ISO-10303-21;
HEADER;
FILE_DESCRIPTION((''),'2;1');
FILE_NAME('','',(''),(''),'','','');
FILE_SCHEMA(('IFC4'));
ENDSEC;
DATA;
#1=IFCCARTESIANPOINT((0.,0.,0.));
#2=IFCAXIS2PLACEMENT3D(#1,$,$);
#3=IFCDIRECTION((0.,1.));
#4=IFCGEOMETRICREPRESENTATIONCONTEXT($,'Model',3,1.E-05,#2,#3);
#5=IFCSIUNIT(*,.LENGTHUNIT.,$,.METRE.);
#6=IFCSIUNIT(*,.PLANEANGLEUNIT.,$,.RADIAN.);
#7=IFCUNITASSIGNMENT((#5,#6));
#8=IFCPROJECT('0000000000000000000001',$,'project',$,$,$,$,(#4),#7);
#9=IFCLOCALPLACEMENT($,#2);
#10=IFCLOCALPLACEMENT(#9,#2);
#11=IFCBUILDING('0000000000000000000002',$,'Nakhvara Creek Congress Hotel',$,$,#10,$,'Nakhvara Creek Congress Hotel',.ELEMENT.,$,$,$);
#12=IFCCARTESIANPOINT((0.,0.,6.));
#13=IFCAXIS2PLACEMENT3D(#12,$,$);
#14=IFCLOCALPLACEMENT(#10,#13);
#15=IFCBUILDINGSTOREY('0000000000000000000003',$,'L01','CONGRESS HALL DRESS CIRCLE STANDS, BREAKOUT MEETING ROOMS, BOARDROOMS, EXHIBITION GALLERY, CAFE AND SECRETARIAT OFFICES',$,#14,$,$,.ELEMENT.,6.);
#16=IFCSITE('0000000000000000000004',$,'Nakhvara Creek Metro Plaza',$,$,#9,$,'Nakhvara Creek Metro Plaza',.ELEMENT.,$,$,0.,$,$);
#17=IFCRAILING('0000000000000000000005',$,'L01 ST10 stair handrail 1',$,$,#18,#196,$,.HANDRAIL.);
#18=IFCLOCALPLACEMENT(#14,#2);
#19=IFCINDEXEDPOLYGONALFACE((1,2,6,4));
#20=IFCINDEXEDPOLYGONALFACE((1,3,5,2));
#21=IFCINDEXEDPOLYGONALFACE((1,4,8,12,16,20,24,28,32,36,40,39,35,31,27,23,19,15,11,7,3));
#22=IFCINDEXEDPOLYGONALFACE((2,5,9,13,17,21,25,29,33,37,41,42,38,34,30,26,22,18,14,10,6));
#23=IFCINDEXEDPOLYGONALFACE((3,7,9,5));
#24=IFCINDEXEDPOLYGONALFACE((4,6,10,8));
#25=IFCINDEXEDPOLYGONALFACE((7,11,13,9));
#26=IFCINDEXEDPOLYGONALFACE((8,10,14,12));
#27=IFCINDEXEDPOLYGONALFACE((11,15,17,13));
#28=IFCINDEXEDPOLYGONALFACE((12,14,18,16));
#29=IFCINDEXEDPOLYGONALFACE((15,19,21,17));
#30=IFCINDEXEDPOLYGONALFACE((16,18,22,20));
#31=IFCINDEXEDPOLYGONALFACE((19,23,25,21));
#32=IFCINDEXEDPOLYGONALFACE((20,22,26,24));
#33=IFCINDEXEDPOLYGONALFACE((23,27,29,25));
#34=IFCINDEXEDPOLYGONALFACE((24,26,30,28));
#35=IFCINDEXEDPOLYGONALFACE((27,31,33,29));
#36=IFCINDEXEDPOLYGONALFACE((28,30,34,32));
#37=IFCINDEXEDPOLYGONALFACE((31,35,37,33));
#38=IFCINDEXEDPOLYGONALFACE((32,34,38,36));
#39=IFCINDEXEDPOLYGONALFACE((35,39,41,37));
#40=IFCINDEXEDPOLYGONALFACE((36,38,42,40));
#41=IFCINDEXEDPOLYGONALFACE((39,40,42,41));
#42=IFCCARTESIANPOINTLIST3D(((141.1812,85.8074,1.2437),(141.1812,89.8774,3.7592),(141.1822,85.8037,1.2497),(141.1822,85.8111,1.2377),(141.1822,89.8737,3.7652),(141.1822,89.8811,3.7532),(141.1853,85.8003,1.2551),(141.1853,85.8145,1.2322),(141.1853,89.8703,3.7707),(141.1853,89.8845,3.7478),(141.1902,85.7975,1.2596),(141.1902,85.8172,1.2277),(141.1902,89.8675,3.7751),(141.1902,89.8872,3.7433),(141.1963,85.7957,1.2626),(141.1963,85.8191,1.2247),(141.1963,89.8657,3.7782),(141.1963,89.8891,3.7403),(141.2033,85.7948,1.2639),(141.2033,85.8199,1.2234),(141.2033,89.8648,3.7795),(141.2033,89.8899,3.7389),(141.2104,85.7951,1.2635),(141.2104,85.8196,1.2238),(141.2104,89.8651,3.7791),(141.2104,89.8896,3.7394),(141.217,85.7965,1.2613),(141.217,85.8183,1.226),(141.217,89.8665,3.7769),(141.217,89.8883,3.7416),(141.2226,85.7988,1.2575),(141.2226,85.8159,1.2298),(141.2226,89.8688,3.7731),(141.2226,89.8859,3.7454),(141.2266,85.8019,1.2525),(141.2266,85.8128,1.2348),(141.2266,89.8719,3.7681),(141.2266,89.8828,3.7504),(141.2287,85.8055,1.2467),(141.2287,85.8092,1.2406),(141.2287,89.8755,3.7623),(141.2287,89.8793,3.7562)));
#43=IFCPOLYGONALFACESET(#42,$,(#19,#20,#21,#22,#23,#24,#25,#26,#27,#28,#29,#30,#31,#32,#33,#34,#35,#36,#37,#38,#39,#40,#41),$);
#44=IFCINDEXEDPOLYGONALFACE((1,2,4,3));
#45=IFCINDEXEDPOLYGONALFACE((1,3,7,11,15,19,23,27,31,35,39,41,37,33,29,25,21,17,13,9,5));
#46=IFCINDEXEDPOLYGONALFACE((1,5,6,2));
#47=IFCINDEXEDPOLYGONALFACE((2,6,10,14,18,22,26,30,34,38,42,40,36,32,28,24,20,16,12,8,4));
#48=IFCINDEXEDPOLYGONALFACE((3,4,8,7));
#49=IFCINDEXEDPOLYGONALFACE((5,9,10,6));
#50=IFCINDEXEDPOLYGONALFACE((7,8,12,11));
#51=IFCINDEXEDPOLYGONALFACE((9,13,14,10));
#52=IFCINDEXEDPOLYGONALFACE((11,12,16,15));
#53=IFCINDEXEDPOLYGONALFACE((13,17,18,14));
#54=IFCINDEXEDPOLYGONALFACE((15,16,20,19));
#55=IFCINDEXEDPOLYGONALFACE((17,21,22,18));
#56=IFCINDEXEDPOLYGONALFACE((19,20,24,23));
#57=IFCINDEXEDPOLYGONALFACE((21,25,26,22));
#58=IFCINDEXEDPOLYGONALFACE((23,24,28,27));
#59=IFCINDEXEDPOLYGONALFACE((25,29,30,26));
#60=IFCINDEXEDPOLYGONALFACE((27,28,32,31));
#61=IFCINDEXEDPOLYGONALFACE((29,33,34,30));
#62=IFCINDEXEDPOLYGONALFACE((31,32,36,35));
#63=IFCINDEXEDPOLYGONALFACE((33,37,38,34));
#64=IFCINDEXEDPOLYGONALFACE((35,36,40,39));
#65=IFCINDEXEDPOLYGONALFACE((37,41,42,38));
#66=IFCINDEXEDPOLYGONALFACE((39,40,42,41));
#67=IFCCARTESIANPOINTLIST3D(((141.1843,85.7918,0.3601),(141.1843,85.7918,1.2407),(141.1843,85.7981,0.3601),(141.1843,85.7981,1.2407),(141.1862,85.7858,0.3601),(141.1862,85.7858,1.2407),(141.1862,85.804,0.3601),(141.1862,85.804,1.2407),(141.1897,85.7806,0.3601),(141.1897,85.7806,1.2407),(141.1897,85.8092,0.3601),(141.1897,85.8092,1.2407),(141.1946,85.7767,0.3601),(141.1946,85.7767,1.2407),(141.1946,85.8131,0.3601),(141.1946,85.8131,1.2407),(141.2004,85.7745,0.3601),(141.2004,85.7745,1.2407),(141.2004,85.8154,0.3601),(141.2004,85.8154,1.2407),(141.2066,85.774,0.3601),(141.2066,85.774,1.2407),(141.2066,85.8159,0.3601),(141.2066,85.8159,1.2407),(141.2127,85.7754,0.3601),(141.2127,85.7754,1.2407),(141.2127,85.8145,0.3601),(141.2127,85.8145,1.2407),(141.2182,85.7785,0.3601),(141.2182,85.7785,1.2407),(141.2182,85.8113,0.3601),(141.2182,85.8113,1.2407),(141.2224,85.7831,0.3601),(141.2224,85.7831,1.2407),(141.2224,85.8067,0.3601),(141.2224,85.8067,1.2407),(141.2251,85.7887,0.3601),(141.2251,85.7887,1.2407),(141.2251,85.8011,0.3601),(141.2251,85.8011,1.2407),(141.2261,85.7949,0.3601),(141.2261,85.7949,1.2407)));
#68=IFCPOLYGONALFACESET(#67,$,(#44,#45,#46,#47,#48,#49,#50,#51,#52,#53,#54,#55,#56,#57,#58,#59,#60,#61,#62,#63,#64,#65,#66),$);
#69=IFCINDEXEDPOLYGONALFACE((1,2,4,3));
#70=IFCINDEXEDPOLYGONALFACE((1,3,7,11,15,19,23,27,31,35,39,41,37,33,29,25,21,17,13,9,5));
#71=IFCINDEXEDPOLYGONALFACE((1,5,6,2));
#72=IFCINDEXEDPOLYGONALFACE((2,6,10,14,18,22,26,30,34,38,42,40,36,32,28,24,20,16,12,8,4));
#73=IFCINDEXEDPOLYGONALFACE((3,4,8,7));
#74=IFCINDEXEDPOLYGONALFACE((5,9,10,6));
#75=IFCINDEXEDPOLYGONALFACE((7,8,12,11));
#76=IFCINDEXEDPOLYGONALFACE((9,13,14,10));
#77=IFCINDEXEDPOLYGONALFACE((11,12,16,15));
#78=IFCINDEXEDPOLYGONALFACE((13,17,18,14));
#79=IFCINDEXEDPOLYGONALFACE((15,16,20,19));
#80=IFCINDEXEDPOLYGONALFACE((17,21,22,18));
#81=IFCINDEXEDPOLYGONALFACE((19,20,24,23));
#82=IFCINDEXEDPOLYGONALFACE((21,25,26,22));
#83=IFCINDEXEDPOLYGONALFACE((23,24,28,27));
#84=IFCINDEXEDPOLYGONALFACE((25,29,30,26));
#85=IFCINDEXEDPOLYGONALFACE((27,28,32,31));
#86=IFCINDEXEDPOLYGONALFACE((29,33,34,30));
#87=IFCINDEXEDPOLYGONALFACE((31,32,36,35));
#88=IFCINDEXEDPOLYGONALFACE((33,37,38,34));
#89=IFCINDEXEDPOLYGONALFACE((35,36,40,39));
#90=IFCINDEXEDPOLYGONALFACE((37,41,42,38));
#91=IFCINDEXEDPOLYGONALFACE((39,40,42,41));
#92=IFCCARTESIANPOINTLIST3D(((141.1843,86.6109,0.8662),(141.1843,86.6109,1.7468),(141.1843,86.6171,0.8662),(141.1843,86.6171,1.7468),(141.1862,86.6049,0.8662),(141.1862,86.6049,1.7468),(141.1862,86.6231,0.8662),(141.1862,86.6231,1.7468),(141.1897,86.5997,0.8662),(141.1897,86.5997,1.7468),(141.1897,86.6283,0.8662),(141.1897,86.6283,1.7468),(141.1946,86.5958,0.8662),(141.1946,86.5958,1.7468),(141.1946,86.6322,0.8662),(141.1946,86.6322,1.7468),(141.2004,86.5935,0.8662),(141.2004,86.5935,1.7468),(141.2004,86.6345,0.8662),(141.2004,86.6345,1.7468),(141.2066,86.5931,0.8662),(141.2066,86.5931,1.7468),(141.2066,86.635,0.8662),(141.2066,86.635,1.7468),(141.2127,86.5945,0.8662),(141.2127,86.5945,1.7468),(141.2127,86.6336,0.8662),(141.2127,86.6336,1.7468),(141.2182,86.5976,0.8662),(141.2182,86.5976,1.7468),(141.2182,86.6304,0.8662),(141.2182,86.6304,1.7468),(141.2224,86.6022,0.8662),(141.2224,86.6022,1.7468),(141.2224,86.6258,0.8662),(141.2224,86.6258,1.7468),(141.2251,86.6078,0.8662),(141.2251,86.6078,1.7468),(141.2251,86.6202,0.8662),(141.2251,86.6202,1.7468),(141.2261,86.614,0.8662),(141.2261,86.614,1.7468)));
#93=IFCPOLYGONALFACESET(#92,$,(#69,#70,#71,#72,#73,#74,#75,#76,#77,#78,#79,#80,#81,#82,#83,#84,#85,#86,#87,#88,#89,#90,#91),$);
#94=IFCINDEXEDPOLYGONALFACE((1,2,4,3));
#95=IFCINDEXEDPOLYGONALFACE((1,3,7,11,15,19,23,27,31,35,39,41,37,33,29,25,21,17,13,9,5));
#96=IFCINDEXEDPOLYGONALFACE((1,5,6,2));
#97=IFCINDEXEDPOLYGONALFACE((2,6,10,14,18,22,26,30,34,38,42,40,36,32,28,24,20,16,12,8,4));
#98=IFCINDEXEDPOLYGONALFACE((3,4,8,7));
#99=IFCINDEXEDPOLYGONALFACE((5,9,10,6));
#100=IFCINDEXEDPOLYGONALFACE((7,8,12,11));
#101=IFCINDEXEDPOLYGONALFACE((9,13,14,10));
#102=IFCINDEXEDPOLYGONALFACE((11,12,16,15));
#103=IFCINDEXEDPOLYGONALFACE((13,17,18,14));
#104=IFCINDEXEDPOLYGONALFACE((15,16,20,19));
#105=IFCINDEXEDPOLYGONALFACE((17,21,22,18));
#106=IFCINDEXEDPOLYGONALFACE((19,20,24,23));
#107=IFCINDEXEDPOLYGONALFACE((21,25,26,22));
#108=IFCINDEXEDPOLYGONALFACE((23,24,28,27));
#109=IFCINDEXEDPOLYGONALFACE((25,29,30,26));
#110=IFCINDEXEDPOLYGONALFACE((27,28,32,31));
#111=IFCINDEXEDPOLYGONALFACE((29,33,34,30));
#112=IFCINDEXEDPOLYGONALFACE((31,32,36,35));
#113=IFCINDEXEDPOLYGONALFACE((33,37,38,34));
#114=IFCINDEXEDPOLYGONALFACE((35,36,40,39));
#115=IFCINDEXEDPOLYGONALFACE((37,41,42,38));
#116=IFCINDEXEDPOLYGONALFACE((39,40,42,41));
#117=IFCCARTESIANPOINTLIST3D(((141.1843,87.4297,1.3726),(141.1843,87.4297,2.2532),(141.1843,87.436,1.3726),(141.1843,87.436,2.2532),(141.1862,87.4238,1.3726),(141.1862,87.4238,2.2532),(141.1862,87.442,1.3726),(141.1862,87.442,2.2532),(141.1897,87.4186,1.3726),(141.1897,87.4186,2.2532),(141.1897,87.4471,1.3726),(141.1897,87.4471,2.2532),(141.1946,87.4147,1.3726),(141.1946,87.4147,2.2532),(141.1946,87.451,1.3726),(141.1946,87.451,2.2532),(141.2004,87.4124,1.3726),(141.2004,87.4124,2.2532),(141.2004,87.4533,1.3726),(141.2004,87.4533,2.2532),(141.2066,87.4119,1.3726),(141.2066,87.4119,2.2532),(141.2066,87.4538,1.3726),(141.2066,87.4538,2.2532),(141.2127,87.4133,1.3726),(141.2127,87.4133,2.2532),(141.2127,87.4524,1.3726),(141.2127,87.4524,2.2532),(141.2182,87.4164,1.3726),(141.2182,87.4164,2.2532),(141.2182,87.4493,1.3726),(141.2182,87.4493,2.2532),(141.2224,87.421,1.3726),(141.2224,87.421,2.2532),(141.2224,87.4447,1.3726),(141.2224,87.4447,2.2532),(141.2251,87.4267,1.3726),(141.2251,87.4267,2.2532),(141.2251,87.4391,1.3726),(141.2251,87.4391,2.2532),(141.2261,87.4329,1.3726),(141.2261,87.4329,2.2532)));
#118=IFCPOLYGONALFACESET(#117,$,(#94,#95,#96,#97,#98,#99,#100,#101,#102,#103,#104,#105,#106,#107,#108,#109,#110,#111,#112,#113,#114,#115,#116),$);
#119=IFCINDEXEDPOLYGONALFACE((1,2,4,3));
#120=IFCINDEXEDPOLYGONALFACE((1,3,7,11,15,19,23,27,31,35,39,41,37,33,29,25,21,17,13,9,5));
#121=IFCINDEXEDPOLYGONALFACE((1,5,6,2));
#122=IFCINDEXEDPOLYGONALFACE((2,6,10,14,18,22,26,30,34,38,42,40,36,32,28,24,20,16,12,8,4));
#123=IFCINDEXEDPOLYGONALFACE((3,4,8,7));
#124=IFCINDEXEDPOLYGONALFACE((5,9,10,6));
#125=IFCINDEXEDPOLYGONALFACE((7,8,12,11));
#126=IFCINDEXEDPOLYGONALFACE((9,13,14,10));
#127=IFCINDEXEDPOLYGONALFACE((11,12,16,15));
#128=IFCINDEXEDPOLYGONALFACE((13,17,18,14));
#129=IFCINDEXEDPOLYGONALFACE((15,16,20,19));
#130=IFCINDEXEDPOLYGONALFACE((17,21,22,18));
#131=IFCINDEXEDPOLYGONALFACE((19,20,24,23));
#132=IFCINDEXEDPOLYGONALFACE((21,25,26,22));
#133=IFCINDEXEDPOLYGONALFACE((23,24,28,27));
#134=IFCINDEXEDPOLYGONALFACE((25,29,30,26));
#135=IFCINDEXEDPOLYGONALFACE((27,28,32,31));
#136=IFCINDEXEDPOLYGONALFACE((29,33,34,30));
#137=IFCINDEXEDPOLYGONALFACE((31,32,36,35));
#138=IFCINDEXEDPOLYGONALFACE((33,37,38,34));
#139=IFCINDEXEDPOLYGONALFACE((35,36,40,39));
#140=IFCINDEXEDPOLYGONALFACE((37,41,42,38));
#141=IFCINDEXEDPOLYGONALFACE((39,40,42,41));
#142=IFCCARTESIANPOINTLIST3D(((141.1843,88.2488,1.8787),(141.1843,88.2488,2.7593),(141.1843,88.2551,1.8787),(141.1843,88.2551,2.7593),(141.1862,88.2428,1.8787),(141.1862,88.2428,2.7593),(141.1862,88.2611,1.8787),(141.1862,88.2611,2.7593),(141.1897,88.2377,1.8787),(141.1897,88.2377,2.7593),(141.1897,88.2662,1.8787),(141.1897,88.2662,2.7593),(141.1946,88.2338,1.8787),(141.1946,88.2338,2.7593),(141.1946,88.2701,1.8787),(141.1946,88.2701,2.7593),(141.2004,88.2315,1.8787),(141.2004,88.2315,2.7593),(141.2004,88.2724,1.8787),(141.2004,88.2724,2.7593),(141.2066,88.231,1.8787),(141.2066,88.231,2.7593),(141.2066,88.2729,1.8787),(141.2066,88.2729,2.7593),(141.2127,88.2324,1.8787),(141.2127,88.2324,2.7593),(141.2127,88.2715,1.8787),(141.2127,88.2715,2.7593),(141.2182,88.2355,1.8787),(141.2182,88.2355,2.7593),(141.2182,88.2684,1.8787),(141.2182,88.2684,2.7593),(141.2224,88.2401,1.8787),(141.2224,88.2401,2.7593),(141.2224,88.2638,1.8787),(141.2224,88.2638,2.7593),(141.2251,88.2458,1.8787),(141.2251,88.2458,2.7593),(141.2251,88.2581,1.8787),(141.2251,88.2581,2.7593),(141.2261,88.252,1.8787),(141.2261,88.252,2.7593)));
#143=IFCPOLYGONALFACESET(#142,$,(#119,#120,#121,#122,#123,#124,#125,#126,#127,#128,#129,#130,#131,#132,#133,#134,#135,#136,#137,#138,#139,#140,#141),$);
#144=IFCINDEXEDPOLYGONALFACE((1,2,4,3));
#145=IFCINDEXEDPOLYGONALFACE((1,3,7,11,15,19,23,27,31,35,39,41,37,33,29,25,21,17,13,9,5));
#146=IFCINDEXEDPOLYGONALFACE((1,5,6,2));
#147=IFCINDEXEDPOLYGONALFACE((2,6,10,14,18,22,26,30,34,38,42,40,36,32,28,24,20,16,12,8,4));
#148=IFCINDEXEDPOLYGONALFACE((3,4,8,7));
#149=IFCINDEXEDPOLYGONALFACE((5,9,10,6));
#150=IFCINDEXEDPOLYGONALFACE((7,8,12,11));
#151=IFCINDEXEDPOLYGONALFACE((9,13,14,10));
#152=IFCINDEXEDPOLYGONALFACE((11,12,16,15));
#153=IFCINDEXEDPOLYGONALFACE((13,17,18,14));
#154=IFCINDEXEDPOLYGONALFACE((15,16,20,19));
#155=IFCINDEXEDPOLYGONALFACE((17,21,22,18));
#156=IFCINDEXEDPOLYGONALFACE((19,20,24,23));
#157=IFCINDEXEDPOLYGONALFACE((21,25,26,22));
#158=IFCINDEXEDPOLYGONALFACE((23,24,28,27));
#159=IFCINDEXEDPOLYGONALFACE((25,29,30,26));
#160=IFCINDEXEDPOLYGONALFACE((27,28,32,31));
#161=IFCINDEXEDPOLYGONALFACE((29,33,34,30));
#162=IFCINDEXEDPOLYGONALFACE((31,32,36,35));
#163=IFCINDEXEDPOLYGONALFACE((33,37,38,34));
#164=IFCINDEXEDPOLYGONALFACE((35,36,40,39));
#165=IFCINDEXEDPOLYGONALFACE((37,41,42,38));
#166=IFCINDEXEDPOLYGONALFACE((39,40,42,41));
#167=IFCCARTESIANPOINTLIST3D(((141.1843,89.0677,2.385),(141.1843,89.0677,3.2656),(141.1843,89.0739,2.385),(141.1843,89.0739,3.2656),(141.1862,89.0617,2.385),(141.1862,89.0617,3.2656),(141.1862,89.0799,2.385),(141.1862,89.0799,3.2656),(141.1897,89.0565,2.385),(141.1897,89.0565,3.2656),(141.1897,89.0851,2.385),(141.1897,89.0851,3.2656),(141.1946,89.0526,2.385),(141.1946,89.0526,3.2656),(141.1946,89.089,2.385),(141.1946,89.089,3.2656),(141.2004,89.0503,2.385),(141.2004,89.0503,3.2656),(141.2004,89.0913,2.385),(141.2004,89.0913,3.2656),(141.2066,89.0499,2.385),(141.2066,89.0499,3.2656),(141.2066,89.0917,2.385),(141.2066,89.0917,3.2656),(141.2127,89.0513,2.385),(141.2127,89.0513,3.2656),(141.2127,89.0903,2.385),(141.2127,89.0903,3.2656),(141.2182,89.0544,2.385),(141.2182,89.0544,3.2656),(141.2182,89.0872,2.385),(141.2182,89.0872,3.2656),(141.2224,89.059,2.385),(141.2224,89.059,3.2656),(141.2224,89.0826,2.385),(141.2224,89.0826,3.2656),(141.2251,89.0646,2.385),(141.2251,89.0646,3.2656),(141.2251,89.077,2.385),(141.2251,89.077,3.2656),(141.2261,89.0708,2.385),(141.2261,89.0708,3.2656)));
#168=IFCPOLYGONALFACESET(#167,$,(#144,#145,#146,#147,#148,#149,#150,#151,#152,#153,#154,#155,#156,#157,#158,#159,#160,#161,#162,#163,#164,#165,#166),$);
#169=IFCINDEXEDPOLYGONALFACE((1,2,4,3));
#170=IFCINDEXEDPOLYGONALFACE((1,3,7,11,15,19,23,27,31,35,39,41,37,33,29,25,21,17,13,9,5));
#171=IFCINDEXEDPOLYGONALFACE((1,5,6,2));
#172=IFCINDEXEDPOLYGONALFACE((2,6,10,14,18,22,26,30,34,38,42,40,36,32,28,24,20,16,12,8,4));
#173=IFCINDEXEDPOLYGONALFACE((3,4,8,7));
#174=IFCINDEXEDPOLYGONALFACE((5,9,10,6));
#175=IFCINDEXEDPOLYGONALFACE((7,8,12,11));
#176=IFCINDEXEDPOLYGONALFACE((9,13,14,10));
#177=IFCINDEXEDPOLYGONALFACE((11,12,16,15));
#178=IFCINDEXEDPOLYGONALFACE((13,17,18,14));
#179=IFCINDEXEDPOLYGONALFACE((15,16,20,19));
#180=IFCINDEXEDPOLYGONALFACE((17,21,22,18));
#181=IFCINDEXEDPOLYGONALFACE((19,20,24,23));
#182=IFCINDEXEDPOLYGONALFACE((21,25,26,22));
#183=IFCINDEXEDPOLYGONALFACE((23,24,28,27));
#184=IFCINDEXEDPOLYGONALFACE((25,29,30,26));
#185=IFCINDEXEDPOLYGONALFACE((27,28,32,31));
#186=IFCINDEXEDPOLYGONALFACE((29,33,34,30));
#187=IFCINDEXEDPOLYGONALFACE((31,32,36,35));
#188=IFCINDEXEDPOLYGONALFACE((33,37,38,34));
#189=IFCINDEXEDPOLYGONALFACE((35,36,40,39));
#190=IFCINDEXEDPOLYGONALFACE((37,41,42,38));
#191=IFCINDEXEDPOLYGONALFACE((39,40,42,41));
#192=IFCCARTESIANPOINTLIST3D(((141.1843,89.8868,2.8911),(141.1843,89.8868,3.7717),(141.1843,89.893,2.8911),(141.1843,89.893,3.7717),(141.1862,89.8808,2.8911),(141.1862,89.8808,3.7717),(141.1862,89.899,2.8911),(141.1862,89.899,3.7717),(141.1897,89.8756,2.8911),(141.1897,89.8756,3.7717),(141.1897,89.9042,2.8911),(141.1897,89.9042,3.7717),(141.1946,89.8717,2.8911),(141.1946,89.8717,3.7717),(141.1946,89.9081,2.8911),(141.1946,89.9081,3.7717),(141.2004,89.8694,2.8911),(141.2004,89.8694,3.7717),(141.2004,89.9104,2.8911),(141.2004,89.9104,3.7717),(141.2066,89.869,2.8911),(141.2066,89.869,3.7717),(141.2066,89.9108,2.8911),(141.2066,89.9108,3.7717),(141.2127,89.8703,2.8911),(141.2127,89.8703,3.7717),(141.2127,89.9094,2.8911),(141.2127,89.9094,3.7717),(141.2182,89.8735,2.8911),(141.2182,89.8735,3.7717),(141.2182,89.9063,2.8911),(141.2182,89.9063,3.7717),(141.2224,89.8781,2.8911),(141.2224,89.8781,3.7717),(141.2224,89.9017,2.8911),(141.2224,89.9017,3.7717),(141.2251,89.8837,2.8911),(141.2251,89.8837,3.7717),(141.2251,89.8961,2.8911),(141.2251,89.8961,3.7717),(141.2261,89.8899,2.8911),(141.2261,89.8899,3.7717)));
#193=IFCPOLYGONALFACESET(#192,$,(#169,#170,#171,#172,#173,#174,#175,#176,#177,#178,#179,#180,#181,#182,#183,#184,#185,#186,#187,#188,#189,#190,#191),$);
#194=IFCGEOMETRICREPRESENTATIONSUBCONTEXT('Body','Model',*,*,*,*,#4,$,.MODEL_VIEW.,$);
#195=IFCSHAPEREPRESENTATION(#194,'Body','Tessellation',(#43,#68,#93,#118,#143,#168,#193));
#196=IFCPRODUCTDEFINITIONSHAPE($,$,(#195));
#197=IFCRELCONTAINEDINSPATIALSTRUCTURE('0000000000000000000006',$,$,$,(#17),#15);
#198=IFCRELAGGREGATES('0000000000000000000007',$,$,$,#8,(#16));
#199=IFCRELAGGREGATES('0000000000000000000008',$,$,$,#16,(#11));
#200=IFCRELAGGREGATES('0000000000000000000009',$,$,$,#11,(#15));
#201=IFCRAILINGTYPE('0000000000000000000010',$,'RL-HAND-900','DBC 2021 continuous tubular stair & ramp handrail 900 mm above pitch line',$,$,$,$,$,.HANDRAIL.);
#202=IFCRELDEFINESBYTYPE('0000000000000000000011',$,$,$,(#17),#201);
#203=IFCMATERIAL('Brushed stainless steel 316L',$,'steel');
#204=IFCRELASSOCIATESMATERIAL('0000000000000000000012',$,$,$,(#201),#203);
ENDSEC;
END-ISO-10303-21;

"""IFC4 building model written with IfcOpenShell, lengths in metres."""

from ifc_helpers import new_model, si_unit, direction, frame, origin, origin_2d, place, context, subcontext, project, spatial, circle, extrude, material, type_object, element, save


model = new_model("IFC4")

# Units and contexts
model_context = context("Model", 3, precision=1e-05, world=origin(), true_north=direction((0.0, 1.0)))
body_context = subcontext(model_context, "Body", "Model", "MODEL_VIEW")
ifc_project = project(units=[si_unit("LENGTHUNIT", "METRE"), si_unit("PLANEANGLEUNIT", "RADIAN")], contexts=[model_context])

# Site, building, storey
site_placement = place(None, origin())
site = spatial("IfcSite", under=ifc_project, at=site_placement, Name="Nakhvara Creek Metro Plaza", LongName="Nakhvara Creek Metro Plaza", CompositionType="ELEMENT", RefElevation=0.0)
building_placement = place(site_placement, origin())
building = spatial("IfcBuilding", under=site, at=building_placement, Name="Nakhvara Creek Congress Hotel", LongName="Nakhvara Creek Congress Hotel", CompositionType="ELEMENT")
storey_placement = place(building_placement, frame((0.0, 0.0, 6.0)))
storey = spatial("IfcBuildingStorey", under=building, at=storey_placement, Name="L01", Description="CONGRESS HALL DRESS CIRCLE STANDS, BREAKOUT MEETING ROOMS, BOARDROOMS, EXHIBITION GALLERY, CAFE AND SECRETARIAT OFFICES", CompositionType="ELEMENT", Elevation=6.0)

# Railing
ifc_material_1 = material(Name="Brushed stainless steel 316L", Category="steel")
railing_type_1 = type_object("IfcRailingType", Name="RL-HAND-900", Description="DBC 2021 continuous tubular stair & ramp handrail 900 mm above pitch line", PredefinedType="HANDRAIL", material=ifc_material_1)
railing_1_placement = place(storey_placement, frame((141.2051, 85.7949, 0.3601)))
element("IfcRailing", 1, at=railing_1_placement, inside=storey, type_object=railing_type_1, Name="L01 ST10 stair handrail 1", PredefinedType="HANDRAIL", context=body_context, shape_type="SweptSolid", body=[
    extrude(circle(Radius=0.0239, at=origin_2d()), frame((0.0, 0.0125, 0.8835), z_axis=(0.0, 0.850635, 0.525757), x_axis=(-1.0, 0.0, 0.0)), (0.0, 0.0, 1.0), 4.7847),
    extrude(circle(Radius=0.021, at=origin_2d()), origin(), (0.0, 0.0, 1.0), 0.8806),
    extrude(circle(Radius=0.021, at=origin_2d()), frame((0.0, 0.8191, 0.5061)), (0.0, 0.0, 1.0), 0.8806),
    extrude(circle(Radius=0.021, at=origin_2d()), frame((0.0, 1.6379, 1.0125)), (0.0, 0.0, 1.0), 0.8806),
    extrude(circle(Radius=0.021, at=origin_2d()), frame((0.0, 2.457, 1.5186)), (0.0, 0.0, 1.0), 0.8806),
    extrude(circle(Radius=0.021, at=origin_2d()), frame((0.0, 3.2759, 2.0249)), (0.0, 0.0, 1.0), 0.8806),
    extrude(circle(Radius=0.021, at=origin_2d()), frame((0.0, 4.095, 2.531)), (0.0, 0.0, 1.0), 0.8806),
])

save(model, "model.ifc")
